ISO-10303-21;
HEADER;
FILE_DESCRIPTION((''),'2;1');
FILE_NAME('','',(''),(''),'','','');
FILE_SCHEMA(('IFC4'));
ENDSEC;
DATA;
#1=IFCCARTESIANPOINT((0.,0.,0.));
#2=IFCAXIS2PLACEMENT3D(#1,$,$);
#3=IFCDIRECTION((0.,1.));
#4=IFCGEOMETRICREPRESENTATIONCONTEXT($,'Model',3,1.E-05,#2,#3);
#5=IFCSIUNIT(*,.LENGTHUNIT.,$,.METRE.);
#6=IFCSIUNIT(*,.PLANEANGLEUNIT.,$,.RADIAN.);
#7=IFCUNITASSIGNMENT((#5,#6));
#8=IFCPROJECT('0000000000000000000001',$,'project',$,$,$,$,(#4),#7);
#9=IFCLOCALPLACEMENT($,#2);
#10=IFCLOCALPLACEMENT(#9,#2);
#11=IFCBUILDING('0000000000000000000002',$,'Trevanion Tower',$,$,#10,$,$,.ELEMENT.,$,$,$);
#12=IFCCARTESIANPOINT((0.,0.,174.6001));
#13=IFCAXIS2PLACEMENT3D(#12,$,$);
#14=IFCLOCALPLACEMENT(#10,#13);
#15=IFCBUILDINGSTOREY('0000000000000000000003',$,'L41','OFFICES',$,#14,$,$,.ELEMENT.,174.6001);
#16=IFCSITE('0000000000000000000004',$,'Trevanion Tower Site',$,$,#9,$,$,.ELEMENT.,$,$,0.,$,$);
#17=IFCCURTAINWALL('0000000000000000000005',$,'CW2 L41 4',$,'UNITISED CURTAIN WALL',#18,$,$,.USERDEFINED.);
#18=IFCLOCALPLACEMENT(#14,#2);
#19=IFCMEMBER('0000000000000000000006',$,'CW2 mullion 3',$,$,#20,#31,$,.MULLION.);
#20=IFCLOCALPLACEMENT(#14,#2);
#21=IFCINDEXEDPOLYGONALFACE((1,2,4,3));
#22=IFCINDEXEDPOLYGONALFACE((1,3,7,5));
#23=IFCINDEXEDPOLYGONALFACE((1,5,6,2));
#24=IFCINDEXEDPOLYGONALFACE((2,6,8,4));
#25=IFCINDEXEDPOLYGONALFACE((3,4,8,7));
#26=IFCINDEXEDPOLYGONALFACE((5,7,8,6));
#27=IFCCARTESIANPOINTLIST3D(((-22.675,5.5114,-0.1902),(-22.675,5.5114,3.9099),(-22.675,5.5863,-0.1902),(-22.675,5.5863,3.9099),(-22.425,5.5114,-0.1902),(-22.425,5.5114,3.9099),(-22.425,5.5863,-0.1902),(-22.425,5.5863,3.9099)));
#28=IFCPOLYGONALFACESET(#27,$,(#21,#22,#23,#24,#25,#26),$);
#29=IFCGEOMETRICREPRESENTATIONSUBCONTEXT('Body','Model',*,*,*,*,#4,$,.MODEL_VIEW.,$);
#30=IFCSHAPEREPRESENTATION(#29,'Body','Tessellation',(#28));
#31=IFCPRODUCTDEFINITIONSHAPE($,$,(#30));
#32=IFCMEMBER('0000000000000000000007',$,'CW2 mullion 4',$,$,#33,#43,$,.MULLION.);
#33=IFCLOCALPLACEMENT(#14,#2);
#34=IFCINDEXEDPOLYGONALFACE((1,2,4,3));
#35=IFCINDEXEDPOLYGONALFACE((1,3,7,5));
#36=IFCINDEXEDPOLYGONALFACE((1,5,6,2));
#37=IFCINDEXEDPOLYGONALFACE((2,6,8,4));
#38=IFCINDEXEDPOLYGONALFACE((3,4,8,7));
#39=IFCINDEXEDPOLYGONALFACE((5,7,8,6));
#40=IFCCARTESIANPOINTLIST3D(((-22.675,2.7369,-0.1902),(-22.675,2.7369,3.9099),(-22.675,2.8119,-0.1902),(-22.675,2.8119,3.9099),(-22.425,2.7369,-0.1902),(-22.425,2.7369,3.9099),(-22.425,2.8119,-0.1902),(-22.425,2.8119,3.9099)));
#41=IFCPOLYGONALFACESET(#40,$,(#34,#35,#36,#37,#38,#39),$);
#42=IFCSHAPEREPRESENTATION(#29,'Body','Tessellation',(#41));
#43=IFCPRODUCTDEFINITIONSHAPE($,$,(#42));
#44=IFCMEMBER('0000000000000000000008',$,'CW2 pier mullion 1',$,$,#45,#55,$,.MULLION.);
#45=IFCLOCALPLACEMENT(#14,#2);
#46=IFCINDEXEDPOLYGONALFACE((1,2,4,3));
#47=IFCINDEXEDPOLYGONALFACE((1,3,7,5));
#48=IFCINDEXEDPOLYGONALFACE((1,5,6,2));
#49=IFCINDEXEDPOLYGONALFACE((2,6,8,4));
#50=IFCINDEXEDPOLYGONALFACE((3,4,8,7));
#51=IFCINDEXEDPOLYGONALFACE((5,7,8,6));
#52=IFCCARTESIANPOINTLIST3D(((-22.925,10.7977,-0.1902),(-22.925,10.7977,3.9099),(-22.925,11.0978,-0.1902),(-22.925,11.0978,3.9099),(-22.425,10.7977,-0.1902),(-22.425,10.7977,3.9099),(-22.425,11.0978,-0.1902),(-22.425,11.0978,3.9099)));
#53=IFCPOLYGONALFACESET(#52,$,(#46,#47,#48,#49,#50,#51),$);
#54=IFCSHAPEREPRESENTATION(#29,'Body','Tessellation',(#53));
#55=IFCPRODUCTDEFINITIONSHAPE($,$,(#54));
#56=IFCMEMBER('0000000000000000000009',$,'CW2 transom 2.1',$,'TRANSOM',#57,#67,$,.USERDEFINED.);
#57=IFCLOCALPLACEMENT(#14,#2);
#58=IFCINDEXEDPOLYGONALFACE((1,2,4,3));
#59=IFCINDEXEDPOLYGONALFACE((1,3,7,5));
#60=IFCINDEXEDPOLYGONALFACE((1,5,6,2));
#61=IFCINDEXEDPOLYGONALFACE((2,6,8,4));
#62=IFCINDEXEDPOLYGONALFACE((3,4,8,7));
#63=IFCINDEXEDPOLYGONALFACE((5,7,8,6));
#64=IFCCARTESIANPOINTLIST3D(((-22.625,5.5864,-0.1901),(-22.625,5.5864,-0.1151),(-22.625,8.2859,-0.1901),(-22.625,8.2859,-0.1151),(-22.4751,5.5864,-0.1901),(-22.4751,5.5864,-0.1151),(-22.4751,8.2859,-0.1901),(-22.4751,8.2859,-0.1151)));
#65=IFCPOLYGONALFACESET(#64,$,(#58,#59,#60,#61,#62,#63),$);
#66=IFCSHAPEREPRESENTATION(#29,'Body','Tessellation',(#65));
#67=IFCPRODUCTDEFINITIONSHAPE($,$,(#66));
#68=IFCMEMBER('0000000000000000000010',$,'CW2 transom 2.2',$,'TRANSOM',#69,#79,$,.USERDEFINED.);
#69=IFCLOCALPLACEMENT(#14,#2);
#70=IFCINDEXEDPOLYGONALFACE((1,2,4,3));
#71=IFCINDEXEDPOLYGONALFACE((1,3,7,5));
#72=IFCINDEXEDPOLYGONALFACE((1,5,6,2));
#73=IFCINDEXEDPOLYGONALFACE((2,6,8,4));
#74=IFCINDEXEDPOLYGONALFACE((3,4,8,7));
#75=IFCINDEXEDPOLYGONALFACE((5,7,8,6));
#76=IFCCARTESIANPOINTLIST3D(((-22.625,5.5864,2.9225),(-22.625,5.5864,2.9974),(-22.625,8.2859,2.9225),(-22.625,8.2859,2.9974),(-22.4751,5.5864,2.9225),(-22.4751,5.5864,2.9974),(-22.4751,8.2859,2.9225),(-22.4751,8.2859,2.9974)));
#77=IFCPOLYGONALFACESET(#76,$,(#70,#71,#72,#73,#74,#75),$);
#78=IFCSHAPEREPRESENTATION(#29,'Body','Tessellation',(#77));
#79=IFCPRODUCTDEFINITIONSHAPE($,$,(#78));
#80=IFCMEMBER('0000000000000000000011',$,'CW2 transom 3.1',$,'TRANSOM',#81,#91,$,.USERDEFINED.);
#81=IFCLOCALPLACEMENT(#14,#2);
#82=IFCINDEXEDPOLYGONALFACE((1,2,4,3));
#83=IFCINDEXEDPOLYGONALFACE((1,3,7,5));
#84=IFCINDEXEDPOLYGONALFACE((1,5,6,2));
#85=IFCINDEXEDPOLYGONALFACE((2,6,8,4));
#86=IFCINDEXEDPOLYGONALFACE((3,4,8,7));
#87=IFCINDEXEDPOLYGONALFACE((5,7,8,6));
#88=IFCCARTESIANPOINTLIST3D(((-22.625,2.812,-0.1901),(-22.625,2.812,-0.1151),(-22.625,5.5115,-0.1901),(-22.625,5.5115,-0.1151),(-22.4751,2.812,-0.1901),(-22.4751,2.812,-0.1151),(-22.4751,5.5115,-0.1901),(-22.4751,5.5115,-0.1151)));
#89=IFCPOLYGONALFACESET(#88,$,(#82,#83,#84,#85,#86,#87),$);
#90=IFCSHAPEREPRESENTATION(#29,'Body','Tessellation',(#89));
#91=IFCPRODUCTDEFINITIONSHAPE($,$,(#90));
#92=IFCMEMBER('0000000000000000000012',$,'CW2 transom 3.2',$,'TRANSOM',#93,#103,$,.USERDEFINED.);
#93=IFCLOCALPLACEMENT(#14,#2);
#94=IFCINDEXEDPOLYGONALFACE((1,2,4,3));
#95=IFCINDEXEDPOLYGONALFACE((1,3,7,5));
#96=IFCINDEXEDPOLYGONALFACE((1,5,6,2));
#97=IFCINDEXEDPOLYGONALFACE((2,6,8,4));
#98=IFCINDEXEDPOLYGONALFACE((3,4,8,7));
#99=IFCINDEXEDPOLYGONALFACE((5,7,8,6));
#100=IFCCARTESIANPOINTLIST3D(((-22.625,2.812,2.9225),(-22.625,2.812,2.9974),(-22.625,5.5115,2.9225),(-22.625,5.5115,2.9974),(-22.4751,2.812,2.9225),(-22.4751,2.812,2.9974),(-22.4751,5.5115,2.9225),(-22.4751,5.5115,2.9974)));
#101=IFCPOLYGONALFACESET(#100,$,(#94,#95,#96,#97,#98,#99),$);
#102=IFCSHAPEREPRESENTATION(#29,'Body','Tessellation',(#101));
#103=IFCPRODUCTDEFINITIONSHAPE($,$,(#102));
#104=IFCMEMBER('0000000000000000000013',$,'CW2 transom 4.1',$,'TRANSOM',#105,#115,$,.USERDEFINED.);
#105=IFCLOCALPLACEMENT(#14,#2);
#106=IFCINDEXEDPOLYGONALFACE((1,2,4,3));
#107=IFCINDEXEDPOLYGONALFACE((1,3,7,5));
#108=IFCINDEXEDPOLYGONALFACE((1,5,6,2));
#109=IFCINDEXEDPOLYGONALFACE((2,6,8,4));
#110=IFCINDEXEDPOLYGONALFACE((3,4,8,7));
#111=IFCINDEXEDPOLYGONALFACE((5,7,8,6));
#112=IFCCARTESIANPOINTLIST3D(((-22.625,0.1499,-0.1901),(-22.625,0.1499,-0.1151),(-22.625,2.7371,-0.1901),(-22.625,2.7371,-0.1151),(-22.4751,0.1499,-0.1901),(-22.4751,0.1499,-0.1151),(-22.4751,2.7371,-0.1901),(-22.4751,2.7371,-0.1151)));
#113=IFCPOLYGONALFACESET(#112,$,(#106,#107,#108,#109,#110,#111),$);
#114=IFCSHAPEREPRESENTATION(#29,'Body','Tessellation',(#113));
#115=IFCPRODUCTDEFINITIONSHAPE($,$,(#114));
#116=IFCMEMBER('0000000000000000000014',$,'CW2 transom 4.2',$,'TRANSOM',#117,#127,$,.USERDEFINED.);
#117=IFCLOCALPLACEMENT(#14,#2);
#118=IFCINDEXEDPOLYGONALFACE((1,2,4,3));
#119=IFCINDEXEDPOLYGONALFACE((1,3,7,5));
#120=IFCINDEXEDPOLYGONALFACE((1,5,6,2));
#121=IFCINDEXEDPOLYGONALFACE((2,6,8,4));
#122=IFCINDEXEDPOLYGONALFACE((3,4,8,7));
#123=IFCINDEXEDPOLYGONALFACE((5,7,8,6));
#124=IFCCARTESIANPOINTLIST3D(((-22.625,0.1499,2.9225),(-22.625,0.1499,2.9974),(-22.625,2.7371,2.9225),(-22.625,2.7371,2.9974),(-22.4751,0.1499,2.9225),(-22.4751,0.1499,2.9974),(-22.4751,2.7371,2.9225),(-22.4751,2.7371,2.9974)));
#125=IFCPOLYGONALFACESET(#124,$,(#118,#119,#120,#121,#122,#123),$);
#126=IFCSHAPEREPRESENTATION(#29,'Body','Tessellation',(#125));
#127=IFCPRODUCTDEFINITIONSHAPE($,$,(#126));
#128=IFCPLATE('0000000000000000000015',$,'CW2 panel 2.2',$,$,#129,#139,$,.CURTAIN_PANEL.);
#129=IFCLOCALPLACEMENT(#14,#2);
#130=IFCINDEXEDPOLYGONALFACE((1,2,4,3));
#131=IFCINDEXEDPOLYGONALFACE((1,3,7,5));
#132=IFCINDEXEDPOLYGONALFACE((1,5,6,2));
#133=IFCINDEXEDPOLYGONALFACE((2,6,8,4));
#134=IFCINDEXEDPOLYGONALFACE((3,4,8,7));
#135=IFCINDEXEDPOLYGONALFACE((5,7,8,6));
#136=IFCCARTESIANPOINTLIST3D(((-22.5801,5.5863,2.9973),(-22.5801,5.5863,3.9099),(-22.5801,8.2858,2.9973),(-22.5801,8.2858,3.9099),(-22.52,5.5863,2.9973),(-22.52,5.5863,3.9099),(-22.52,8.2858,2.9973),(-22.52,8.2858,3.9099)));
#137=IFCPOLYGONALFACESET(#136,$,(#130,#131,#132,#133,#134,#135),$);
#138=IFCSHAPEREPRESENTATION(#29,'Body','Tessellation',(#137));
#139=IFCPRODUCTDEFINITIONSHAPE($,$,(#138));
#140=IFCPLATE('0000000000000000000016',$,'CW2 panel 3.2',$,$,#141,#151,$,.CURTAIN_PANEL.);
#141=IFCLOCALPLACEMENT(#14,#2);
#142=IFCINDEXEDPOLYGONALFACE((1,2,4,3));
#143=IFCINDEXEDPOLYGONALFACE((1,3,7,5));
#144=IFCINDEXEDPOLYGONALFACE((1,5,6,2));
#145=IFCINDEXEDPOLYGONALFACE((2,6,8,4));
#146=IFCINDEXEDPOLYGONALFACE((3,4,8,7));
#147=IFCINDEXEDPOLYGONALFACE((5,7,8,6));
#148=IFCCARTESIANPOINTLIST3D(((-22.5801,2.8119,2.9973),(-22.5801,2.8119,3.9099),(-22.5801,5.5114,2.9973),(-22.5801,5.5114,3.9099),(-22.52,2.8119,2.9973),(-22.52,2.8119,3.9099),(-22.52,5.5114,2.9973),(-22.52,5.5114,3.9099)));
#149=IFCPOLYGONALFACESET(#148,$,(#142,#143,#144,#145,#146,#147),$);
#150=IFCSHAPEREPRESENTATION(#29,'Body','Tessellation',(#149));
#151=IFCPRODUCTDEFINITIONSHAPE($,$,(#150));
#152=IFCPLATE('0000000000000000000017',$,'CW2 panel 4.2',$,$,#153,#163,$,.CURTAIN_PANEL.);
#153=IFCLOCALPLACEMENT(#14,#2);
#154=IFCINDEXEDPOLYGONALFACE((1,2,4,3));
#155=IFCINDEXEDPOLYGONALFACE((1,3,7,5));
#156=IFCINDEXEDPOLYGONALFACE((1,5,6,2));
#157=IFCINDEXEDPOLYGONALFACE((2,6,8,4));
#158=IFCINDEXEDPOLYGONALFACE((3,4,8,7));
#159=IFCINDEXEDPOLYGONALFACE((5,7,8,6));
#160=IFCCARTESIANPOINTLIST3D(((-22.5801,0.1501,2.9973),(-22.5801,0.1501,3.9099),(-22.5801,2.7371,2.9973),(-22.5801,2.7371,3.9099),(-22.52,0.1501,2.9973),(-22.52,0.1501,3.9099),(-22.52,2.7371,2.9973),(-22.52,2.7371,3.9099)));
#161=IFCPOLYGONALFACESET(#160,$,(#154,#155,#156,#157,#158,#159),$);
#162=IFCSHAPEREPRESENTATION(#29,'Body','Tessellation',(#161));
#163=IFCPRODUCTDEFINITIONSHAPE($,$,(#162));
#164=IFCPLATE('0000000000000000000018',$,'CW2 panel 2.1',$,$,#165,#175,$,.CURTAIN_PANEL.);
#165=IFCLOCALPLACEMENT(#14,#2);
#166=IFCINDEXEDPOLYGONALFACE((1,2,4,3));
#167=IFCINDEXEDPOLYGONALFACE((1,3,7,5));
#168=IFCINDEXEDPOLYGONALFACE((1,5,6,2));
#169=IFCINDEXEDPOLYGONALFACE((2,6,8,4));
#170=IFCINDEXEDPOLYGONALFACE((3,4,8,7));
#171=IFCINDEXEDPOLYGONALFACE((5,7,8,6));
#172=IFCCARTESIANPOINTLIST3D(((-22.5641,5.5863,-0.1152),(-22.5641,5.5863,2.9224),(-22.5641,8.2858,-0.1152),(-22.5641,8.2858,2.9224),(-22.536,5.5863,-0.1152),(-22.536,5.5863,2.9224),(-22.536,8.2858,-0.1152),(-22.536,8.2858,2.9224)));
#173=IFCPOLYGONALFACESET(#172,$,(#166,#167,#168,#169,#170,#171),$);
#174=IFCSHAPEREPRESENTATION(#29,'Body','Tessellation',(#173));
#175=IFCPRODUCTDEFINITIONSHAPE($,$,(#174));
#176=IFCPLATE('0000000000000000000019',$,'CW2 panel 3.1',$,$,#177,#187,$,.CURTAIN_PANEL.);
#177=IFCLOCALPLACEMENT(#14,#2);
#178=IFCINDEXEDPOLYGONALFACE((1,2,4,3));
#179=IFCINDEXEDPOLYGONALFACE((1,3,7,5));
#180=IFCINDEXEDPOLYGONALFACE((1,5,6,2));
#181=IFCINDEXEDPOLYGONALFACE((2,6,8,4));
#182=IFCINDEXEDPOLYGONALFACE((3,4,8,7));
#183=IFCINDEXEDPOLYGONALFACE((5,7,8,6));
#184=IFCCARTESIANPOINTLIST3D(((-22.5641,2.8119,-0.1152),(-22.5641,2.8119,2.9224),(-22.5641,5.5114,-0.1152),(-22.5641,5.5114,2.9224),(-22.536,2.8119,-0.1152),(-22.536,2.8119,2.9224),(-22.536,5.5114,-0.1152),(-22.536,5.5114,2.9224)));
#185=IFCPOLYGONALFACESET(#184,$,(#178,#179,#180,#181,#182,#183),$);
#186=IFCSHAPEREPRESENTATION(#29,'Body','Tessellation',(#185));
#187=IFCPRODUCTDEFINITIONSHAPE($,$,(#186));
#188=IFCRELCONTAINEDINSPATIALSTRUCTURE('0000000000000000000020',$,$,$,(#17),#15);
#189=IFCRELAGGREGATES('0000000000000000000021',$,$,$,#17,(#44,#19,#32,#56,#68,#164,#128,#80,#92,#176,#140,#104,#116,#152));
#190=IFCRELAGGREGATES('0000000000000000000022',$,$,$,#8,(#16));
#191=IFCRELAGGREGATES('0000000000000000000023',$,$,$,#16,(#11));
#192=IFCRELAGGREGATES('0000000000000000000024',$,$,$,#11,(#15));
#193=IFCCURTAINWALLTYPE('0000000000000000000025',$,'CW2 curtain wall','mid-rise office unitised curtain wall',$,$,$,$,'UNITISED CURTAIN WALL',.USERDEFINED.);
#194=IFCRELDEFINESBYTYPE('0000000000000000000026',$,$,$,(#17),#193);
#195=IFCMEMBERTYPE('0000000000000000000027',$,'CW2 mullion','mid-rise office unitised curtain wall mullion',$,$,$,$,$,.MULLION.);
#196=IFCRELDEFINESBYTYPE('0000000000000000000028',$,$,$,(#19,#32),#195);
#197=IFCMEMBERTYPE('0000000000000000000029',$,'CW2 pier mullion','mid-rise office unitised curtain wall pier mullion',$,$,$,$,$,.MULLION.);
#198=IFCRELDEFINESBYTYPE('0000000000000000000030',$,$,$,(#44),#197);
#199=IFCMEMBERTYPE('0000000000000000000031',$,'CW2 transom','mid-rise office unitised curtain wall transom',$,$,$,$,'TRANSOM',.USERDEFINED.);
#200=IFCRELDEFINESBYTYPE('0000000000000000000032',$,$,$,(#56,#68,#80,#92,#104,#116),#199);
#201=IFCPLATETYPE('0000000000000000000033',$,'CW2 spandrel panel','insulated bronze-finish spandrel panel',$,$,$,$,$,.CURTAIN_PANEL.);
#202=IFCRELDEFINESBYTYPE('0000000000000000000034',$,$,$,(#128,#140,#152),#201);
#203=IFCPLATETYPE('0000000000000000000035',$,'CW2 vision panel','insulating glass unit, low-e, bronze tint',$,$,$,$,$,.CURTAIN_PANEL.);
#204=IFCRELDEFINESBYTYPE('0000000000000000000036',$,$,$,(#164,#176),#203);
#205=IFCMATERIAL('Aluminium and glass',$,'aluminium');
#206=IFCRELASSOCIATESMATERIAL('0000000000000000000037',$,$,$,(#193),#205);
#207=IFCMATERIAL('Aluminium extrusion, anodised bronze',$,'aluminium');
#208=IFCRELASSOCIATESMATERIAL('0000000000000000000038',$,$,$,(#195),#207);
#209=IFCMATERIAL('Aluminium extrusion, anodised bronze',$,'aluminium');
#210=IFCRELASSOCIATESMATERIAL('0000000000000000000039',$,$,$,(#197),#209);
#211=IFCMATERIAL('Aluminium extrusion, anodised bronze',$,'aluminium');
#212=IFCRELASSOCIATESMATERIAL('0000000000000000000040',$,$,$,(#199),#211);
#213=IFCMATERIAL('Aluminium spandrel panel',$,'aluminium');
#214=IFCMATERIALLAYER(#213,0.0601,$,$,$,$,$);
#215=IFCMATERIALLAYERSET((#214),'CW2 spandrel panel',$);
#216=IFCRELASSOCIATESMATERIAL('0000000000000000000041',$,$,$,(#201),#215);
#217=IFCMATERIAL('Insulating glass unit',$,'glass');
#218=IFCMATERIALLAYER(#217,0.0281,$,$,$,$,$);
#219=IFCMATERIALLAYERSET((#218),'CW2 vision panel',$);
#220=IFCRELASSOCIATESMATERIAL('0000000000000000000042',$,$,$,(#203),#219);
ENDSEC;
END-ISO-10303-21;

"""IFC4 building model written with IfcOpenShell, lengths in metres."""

from ifc_helpers import new_model, si_unit, direction, frame, origin, origin_2d, place, context, subcontext, project, spatial, rectangle, extrude, material, layer, layer_set, material_profile, profile_set, type_object, element, aggregate, save


model = new_model("IFC4")

# Units and contexts
model_context = context("Model", 3, precision=1e-05, world=origin(), true_north=direction((0.0, 1.0)))
body_context = subcontext(model_context, "Body", "Model", "MODEL_VIEW")
ifc_project = project(units=[si_unit("LENGTHUNIT", "METRE"), si_unit("PLANEANGLEUNIT", "RADIAN")], contexts=[model_context])

# Site, building, storey
site_placement = place(None, origin())
site = spatial("IfcSite", under=ifc_project, at=site_placement, Name="Trevanion Tower Site", CompositionType="ELEMENT", RefElevation=0.0)
building_placement = place(site_placement, origin())
building = spatial("IfcBuilding", under=site, at=building_placement, Name="Trevanion Tower", CompositionType="ELEMENT")
storey_placement = place(building_placement, frame((0.0, 0.0, 174.6001)))
storey = spatial("IfcBuildingStorey", under=building, at=storey_placement, Name="L41", Description="OFFICES", CompositionType="ELEMENT", Elevation=174.6001)

# Curtain wall, members, plates
ifc_material_1 = material(Name="Aluminium and glass", Category="aluminium")
curtain_wall_type = type_object("IfcCurtainWallType", Name="CW2 curtain wall", Description="mid-rise office unitised curtain wall", ElementType="UNITISED CURTAIN WALL", PredefinedType="USERDEFINED", material=ifc_material_1)
curtain_wall_placement = place(storey_placement, origin())
curtain_wall = element("IfcCurtainWall", 1, at=curtain_wall_placement, inside=storey, type_object=curtain_wall_type, Name="CW2 L41 4", ObjectType="UNITISED CURTAIN WALL", PredefinedType="USERDEFINED")
ifc_material_2 = material(Name="Aluminium extrusion, anodised bronze", Category="aluminium")
ifc_material_profile_1 = material_profile(ifc_material_2, rectangle(XDim=0.075, YDim=0.25, at=origin_2d()), Name="CW2 mullion")
ifc_profile_set_1 = profile_set([ifc_material_profile_1], Name="Aluminium extrusion, anodised bronze")
member_type_1 = type_object("IfcMemberType", Name="CW2 mullion", Description="mid-rise office unitised curtain wall mullion", PredefinedType="MULLION", material=ifc_profile_set_1)
member_1_placement = place(storey_placement, frame((-22.55, 5.5488, -0.1902), z_axis=(0.0, 0.0, 1.0), x_axis=(0.0, -1.0, 0.0)))
member_1 = element("IfcMember", 2, at=member_1_placement, type_object=member_type_1, Name="CW2 mullion 3", PredefinedType="MULLION", context=body_context, shape_type="SweptSolid", body=[
    extrude(rectangle(XDim=0.075, YDim=0.25, at=origin_2d()), origin(), (0.0, 0.0, 1.0), 4.1001),
])
member_2_placement = place(storey_placement, frame((-22.55, 2.7744, -0.1902), z_axis=(0.0, 0.0, 1.0), x_axis=(0.0, -1.0, 0.0)))
member_2 = element("IfcMember", 3, at=member_2_placement, type_object=member_type_1, Name="CW2 mullion 4", PredefinedType="MULLION", context=body_context, shape_type="SweptSolid", body=[
    extrude(rectangle(XDim=0.075, YDim=0.25, at=origin_2d()), origin(), (0.0, 0.0, 1.0), 4.1001),
])
ifc_material_3 = material(Name="Aluminium extrusion, anodised bronze", Category="aluminium")
ifc_material_profile_2 = material_profile(ifc_material_3, rectangle(XDim=0.3, YDim=0.5, at=origin_2d()), Name="CW2 pier mullion")
ifc_profile_set_2 = profile_set([ifc_material_profile_2], Name="Aluminium extrusion, anodised bronze")
member_type_2 = type_object("IfcMemberType", Name="CW2 pier mullion", Description="mid-rise office unitised curtain wall pier mullion", PredefinedType="MULLION", material=ifc_profile_set_2)
member_3_placement = place(storey_placement, frame((-22.675, 10.9478, -0.1902), z_axis=(0.0, 0.0, 1.0), x_axis=(0.0, -1.0, 0.0)))
member_3 = element("IfcMember", 4, at=member_3_placement, type_object=member_type_2, Name="CW2 pier mullion 1", PredefinedType="MULLION", context=body_context, shape_type="SweptSolid", body=[
    extrude(rectangle(XDim=0.3, YDim=0.5, at=origin_2d()), origin(), (0.0, 0.0, 1.0), 4.1001),
])
ifc_material_4 = material(Name="Aluminium extrusion, anodised bronze", Category="aluminium")
ifc_material_profile_3 = material_profile(ifc_material_4, rectangle(XDim=0.1499, YDim=0.075, at=origin_2d()), Name="CW2 transom")
ifc_profile_set_3 = profile_set([ifc_material_profile_3], Name="Aluminium extrusion, anodised bronze")
member_type_3 = type_object("IfcMemberType", Name="CW2 transom", Description="mid-rise office unitised curtain wall transom", ElementType="TRANSOM", PredefinedType="USERDEFINED", material=ifc_profile_set_3)
member_4_placement = place(storey_placement, frame((-22.55, 8.2859, -0.1526), z_axis=(0.0, -1.0, 0.0), x_axis=(1.0, 0.0, 0.0)))
member_4 = element("IfcMember", 5, at=member_4_placement, type_object=member_type_3, Name="CW2 transom 2.1", ObjectType="TRANSOM", PredefinedType="USERDEFINED", context=body_context, shape_type="SweptSolid", body=[
    extrude(rectangle(XDim=0.1499, YDim=0.075, at=origin_2d()), origin(), (0.0, 0.0, 1.0), 2.6995),
])
member_5_placement = place(storey_placement, frame((-22.55, 8.2859, 2.96), z_axis=(0.0, -1.0, 0.0), x_axis=(1.0, 0.0, 0.0)))
member_5 = element("IfcMember", 6, at=member_5_placement, type_object=member_type_3, Name="CW2 transom 2.2", ObjectType="TRANSOM", PredefinedType="USERDEFINED", context=body_context, shape_type="SweptSolid", body=[
    extrude(rectangle(XDim=0.1499, YDim=0.075, at=origin_2d()), origin(), (0.0, 0.0, 1.0), 2.6995),
])
member_6_placement = place(storey_placement, frame((-22.55, 5.5115, -0.1526), z_axis=(0.0, -1.0, 0.0), x_axis=(1.0, 0.0, 0.0)))
member_6 = element("IfcMember", 7, at=member_6_placement, type_object=member_type_3, Name="CW2 transom 3.1", ObjectType="TRANSOM", PredefinedType="USERDEFINED", context=body_context, shape_type="SweptSolid", body=[
    extrude(rectangle(XDim=0.1499, YDim=0.075, at=origin_2d()), origin(), (0.0, 0.0, 1.0), 2.6995),
])
member_7_placement = place(storey_placement, frame((-22.55, 5.5115, 2.96), z_axis=(0.0, -1.0, 0.0), x_axis=(1.0, 0.0, 0.0)))
member_7 = element("IfcMember", 8, at=member_7_placement, type_object=member_type_3, Name="CW2 transom 3.2", ObjectType="TRANSOM", PredefinedType="USERDEFINED", context=body_context, shape_type="SweptSolid", body=[
    extrude(rectangle(XDim=0.1499, YDim=0.075, at=origin_2d()), origin(), (0.0, 0.0, 1.0), 2.6995),
])
member_8_placement = place(storey_placement, frame((-22.55, 2.7371, -0.1526), z_axis=(0.0, -1.0, 0.0), x_axis=(1.0, 0.0, 0.0)))
member_8 = element("IfcMember", 9, at=member_8_placement, type_object=member_type_3, Name="CW2 transom 4.1", ObjectType="TRANSOM", PredefinedType="USERDEFINED", context=body_context, shape_type="SweptSolid", body=[
    extrude(rectangle(XDim=0.1499, YDim=0.075, at=origin_2d()), origin(), (0.0, 0.0, 1.0), 2.5872),
])
member_9_placement = place(storey_placement, frame((-22.55, 2.7371, 2.96), z_axis=(0.0, -1.0, 0.0), x_axis=(1.0, 0.0, 0.0)))
member_9 = element("IfcMember", 10, at=member_9_placement, type_object=member_type_3, Name="CW2 transom 4.2", ObjectType="TRANSOM", PredefinedType="USERDEFINED", context=body_context, shape_type="SweptSolid", body=[
    extrude(rectangle(XDim=0.1499, YDim=0.075, at=origin_2d()), origin(), (0.0, 0.0, 1.0), 2.5872),
])
ifc_material_5 = material(Name="Aluminium spandrel panel", Category="aluminium")
ifc_layer_1 = layer(ifc_material_5, 0.0601)
ifc_layer_set_1 = layer_set([ifc_layer_1], Name="CW2 spandrel panel")
plate_type_1 = type_object("IfcPlateType", Name="CW2 spandrel panel", Description="insulated bronze-finish spandrel panel", PredefinedType="CURTAIN_PANEL", material=ifc_layer_set_1)
plate_1_placement = place(storey_placement, frame((-22.55, 6.936, 2.9973), z_axis=(0.0, 0.0, 1.0), x_axis=(0.0, -1.0, 0.0)))
plate_1 = element("IfcPlate", 11, at=plate_1_placement, type_object=plate_type_1, Name="CW2 panel 2.2", PredefinedType="CURTAIN_PANEL", context=body_context, shape_type="SweptSolid", body=[
    extrude(rectangle(XDim=2.6995, YDim=0.0601, at=origin_2d()), origin(), (0.0, 0.0, 1.0), 0.9126),
])
plate_2_placement = place(storey_placement, frame((-22.55, 4.1616, 2.9973), z_axis=(0.0, 0.0, 1.0), x_axis=(0.0, -1.0, 0.0)))
plate_2 = element("IfcPlate", 12, at=plate_2_placement, type_object=plate_type_1, Name="CW2 panel 3.2", PredefinedType="CURTAIN_PANEL", context=body_context, shape_type="SweptSolid", body=[
    extrude(rectangle(XDim=2.6995, YDim=0.0601, at=origin_2d()), origin(), (0.0, 0.0, 1.0), 0.9126),
])
plate_3_placement = place(storey_placement, frame((-22.55, 1.4436, 2.9973), z_axis=(0.0, 0.0, 1.0), x_axis=(0.0, -1.0, 0.0)))
plate_3 = element("IfcPlate", 13, at=plate_3_placement, type_object=plate_type_1, Name="CW2 panel 4.2", PredefinedType="CURTAIN_PANEL", context=body_context, shape_type="SweptSolid", body=[
    extrude(rectangle(XDim=2.5869, YDim=0.0601, at=origin_2d()), origin(), (0.0, 0.0, 1.0), 0.9126),
])
ifc_material_6 = material(Name="Insulating glass unit", Category="glass")
ifc_layer_2 = layer(ifc_material_6, 0.0281)
ifc_layer_set_2 = layer_set([ifc_layer_2], Name="CW2 vision panel")
plate_type_2 = type_object("IfcPlateType", Name="CW2 vision panel", Description="insulating glass unit, low-e, bronze tint", PredefinedType="CURTAIN_PANEL", material=ifc_layer_set_2)
plate_4_placement = place(storey_placement, frame((-22.55, 6.936, -0.1152), z_axis=(0.0, 0.0, 1.0), x_axis=(0.0, -1.0, 0.0)))
plate_4 = element("IfcPlate", 14, at=plate_4_placement, type_object=plate_type_2, Name="CW2 panel 2.1", PredefinedType="CURTAIN_PANEL", context=body_context, shape_type="SweptSolid", body=[
    extrude(rectangle(XDim=2.6995, YDim=0.0281, at=origin_2d()), origin(), (0.0, 0.0, 1.0), 3.0376),
])
plate_5_placement = place(storey_placement, frame((-22.55, 4.1616, -0.1152), z_axis=(0.0, 0.0, 1.0), x_axis=(0.0, -1.0, 0.0)))
plate_5 = element("IfcPlate", 15, at=plate_5_placement, type_object=plate_type_2, Name="CW2 panel 3.1", PredefinedType="CURTAIN_PANEL", context=body_context, shape_type="SweptSolid", body=[
    extrude(rectangle(XDim=2.6995, YDim=0.0281, at=origin_2d()), origin(), (0.0, 0.0, 1.0), 3.0376),
])
aggregate(curtain_wall, [member_3, member_1, member_2, member_4, member_5, plate_4, plate_1, member_6, member_7, plate_5, plate_2, member_8, member_9, plate_3])

save(model, "model.ifc")
